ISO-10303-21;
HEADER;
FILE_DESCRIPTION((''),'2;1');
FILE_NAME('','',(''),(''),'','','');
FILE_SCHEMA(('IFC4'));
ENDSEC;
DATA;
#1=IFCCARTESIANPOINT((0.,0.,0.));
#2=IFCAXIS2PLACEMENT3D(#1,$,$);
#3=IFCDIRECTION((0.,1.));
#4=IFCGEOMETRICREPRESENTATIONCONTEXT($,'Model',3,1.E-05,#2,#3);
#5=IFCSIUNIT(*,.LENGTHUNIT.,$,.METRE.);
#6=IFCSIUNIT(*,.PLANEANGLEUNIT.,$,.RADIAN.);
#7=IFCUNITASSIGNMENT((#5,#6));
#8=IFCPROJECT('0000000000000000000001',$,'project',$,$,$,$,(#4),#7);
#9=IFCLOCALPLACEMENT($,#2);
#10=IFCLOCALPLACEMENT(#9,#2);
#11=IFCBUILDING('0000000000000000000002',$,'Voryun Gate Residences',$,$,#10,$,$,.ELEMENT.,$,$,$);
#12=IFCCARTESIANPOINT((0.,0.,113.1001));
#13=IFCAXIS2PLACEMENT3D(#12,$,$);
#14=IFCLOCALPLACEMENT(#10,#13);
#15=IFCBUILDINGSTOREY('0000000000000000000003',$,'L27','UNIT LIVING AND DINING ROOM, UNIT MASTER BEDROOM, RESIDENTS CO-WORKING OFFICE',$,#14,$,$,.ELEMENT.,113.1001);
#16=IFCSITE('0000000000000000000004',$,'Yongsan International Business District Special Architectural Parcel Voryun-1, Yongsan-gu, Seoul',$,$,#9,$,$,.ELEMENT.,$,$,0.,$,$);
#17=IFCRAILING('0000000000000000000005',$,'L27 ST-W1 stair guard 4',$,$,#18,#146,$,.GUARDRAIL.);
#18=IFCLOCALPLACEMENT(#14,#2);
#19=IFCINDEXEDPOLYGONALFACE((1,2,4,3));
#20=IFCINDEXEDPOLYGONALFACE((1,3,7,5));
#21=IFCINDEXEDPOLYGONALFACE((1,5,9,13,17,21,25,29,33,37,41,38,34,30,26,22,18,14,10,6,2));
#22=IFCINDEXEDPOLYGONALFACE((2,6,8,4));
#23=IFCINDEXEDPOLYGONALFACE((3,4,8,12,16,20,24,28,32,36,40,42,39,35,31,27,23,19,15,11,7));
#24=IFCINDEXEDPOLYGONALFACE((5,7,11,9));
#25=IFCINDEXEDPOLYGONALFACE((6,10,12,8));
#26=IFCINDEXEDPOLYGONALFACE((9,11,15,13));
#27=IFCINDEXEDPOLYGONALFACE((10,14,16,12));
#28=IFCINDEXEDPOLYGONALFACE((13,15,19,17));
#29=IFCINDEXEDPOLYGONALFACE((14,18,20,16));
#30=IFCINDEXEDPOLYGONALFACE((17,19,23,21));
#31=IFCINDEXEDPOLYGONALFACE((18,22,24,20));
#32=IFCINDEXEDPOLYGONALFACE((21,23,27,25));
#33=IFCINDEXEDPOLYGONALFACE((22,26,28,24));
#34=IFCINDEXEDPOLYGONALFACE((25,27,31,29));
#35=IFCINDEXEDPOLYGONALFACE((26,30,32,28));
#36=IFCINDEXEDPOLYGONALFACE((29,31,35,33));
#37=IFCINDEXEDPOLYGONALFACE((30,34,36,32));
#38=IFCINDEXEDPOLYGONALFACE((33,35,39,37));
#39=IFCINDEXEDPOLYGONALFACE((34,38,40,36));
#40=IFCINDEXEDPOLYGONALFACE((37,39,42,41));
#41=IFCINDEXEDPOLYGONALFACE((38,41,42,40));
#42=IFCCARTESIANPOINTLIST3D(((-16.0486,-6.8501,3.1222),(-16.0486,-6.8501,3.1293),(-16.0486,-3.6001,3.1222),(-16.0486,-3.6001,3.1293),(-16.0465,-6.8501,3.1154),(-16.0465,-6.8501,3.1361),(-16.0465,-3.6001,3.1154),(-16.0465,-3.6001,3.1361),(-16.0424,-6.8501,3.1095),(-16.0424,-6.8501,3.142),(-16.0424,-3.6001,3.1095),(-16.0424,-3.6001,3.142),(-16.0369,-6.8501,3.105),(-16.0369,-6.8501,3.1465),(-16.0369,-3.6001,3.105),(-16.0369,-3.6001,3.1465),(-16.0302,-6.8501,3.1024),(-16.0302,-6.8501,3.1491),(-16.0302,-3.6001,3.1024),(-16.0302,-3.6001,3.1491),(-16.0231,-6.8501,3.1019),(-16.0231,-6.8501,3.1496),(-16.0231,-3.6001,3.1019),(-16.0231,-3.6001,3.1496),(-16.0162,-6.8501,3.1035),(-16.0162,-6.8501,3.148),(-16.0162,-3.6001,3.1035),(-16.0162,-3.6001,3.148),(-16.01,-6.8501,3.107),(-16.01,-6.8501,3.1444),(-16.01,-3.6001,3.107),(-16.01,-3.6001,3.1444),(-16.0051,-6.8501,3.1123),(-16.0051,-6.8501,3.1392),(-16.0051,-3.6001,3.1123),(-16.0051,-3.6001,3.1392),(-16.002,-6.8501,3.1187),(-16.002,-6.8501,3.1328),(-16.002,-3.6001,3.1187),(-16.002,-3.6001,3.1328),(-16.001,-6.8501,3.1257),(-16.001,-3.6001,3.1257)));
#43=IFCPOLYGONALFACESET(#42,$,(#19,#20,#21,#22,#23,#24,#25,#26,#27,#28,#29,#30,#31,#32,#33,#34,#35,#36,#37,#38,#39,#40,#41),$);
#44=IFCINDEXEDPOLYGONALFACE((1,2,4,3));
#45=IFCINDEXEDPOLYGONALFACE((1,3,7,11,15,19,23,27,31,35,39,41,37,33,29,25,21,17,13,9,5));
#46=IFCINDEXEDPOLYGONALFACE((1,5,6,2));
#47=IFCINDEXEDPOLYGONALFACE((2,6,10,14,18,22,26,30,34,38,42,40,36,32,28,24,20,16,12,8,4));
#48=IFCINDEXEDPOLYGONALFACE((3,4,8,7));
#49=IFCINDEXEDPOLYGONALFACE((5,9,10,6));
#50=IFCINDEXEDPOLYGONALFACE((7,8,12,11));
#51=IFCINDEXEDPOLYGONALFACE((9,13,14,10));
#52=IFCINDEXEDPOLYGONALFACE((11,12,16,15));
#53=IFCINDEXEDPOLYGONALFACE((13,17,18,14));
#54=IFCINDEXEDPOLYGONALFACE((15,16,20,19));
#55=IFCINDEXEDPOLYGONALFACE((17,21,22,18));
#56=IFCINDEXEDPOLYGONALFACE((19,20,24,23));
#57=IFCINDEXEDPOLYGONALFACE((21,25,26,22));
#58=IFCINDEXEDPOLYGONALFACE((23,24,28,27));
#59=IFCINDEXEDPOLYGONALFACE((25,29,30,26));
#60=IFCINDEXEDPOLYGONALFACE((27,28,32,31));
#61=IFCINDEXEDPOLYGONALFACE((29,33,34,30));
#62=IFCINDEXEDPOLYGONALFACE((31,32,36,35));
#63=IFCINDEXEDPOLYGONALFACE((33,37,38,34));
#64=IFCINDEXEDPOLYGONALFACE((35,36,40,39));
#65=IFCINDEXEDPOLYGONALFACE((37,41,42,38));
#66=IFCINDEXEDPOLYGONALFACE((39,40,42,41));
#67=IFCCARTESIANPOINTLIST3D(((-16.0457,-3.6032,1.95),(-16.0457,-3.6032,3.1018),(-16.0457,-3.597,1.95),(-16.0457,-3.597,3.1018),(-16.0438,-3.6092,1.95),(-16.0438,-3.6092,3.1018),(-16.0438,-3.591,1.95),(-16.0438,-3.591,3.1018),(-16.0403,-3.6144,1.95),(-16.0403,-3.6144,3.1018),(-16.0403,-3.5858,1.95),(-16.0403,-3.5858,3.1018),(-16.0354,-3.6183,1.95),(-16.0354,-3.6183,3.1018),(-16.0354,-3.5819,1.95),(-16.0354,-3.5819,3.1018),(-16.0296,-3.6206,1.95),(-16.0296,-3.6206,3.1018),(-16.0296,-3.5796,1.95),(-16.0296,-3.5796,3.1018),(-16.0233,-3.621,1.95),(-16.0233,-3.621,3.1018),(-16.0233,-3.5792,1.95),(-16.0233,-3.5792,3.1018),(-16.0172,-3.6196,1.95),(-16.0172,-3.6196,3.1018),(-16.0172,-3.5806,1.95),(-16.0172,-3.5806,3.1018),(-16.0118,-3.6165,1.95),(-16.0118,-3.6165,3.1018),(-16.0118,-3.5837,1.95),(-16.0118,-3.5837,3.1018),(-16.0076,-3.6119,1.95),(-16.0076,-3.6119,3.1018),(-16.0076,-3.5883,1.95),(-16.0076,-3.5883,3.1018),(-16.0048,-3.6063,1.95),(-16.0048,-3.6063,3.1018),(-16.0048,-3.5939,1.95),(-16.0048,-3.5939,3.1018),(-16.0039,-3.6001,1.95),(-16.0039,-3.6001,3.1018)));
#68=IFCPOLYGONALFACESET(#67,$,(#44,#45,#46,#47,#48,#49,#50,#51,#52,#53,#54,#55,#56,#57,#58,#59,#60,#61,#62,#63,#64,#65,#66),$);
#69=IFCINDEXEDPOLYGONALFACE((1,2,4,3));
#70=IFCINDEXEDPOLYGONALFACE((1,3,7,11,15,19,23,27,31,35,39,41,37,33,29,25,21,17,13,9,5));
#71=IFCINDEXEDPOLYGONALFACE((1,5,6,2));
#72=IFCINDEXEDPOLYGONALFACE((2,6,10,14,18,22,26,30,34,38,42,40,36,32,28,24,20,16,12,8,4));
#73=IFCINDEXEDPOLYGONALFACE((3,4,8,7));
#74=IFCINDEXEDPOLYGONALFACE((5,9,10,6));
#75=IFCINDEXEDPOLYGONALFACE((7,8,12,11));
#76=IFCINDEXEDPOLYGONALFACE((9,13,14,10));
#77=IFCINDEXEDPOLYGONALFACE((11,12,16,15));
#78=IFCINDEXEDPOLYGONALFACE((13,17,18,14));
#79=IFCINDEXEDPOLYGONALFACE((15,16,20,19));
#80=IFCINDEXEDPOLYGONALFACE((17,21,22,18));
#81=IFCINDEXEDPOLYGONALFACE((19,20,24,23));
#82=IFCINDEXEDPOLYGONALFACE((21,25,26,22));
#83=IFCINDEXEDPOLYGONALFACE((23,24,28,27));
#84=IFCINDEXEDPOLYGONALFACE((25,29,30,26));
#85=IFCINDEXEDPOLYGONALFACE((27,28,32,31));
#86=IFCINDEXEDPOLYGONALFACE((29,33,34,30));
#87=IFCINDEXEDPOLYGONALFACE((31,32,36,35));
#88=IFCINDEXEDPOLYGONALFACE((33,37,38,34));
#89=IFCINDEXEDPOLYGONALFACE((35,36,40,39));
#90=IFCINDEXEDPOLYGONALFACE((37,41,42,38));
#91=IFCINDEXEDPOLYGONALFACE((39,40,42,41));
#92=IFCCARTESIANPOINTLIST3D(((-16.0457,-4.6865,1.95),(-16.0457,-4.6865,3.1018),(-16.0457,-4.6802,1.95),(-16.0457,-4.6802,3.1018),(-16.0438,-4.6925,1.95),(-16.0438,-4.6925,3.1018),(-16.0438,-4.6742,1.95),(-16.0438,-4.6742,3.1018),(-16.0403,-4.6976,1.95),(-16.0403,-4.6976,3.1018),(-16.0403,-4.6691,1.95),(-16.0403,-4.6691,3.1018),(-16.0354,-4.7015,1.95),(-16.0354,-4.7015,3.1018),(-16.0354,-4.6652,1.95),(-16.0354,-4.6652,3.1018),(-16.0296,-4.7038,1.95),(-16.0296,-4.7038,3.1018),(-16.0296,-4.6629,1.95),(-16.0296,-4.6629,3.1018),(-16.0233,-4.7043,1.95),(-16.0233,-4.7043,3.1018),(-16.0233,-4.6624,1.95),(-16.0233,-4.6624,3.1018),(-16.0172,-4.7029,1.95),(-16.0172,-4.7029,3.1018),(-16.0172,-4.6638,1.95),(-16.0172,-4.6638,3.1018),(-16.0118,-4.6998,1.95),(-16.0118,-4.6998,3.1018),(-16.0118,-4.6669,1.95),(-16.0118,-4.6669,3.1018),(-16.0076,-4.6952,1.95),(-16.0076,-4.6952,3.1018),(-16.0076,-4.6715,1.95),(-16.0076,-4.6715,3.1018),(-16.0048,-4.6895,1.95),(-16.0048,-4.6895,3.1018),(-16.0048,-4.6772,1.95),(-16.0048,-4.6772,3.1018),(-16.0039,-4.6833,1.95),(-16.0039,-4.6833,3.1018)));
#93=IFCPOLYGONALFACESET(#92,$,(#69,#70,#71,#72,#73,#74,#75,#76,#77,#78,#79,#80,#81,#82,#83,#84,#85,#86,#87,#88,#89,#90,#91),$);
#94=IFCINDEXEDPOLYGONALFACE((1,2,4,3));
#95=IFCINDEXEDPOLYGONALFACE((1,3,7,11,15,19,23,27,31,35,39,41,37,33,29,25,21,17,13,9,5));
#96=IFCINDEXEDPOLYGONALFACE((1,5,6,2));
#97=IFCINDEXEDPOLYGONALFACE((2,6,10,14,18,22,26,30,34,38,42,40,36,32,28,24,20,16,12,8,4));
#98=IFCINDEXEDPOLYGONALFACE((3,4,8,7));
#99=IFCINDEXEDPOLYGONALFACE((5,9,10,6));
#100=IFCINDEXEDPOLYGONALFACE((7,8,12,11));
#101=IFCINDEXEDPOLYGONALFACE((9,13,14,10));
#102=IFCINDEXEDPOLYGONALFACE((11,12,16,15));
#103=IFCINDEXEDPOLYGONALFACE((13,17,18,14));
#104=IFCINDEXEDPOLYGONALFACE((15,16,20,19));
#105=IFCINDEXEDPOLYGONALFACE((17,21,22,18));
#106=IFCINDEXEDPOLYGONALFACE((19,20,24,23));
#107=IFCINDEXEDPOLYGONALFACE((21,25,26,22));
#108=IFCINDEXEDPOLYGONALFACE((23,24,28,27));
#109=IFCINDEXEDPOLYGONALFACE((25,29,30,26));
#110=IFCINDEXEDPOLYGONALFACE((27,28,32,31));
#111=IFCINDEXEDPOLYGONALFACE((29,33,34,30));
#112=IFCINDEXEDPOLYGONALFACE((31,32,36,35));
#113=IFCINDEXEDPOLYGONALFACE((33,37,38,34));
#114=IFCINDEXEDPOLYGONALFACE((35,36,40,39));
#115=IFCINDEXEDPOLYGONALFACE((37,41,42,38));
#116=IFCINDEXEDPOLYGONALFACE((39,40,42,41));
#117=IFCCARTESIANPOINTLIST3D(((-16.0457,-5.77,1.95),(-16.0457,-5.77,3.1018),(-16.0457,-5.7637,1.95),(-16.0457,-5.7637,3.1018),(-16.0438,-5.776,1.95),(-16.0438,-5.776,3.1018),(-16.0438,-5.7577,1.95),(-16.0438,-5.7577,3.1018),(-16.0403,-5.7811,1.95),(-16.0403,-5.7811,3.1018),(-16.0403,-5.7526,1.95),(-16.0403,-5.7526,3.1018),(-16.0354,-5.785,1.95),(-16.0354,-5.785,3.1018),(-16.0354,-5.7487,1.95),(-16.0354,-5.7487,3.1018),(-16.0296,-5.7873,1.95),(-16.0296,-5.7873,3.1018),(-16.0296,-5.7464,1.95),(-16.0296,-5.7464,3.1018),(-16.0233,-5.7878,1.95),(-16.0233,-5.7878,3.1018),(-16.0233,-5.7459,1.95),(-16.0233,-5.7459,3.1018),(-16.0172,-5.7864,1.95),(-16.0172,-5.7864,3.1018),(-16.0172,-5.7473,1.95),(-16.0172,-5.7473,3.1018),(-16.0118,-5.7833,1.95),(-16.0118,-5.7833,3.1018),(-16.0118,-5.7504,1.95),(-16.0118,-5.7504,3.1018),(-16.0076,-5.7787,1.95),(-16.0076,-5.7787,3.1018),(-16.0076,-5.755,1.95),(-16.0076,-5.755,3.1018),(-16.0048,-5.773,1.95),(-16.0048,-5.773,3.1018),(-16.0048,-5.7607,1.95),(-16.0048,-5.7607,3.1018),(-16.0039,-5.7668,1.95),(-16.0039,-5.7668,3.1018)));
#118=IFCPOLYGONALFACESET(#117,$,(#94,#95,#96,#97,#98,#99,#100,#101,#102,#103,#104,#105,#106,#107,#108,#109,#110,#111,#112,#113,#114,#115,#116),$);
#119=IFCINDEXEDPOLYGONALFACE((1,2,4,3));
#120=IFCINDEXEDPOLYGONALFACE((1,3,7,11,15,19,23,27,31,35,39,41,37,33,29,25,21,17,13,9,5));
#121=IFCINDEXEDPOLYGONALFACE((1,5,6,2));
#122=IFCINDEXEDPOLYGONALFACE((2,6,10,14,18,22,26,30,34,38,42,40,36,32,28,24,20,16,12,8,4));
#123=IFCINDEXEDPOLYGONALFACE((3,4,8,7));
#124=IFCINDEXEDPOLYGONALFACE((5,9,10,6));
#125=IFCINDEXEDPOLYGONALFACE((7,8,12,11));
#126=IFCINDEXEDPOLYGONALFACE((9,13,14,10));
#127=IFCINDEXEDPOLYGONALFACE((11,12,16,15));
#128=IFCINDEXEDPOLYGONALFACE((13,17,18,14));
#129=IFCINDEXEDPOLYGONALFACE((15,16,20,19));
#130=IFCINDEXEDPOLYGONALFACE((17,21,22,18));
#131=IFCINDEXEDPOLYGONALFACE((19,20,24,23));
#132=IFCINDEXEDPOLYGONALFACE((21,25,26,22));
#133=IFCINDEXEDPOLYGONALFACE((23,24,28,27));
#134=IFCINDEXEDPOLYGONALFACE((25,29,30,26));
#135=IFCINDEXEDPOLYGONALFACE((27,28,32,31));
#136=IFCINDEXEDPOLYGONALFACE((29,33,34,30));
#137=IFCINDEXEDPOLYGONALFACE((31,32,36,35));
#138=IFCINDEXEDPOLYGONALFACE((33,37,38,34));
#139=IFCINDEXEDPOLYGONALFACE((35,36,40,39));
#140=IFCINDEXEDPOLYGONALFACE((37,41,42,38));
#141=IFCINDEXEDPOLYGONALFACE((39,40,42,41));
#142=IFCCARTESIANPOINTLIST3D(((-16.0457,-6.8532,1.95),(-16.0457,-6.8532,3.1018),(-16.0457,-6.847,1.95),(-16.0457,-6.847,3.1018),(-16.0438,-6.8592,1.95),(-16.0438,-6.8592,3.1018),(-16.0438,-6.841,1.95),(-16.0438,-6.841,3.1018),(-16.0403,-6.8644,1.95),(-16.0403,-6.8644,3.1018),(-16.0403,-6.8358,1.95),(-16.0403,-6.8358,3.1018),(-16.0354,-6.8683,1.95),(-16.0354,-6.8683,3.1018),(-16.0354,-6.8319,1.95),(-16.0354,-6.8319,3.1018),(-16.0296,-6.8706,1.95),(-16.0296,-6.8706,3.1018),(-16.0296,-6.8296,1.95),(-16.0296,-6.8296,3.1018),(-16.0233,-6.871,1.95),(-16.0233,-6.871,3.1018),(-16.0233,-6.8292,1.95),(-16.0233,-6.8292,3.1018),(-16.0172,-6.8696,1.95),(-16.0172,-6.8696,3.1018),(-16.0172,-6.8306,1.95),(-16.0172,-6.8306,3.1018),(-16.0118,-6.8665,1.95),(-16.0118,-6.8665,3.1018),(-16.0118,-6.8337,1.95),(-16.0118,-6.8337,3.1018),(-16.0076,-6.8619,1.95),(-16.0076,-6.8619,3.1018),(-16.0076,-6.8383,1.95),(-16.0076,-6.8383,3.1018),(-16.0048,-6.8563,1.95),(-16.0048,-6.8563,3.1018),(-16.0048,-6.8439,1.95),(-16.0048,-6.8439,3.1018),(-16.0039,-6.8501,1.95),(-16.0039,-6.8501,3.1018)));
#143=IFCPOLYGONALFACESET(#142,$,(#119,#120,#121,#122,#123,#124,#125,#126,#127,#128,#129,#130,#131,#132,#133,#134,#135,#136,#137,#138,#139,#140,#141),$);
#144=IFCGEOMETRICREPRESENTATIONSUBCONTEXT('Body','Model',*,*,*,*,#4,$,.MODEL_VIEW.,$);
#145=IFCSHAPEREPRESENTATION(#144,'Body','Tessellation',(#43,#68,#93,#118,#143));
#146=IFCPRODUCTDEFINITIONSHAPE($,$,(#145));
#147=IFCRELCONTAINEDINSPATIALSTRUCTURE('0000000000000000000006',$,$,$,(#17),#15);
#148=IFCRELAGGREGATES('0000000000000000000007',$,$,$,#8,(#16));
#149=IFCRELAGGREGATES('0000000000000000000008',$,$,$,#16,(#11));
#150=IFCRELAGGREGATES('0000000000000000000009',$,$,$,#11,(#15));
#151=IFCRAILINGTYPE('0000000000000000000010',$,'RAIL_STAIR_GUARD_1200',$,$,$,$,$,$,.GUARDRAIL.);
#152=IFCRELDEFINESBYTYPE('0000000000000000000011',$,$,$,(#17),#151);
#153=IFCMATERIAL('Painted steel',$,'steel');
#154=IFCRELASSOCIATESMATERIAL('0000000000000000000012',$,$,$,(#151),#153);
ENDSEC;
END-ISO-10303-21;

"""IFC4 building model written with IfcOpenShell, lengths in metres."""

from ifc_helpers import new_model, si_unit, direction, frame, origin, origin_2d, place, context, subcontext, project, spatial, circle, extrude, material, type_object, element, save


model = new_model("IFC4")

# Units and contexts
model_context = context("Model", 3, precision=1e-05, world=origin(), true_north=direction((0.0, 1.0)))
body_context = subcontext(model_context, "Body", "Model", "MODEL_VIEW")
ifc_project = project(units=[si_unit("LENGTHUNIT", "METRE"), si_unit("PLANEANGLEUNIT", "RADIAN")], contexts=[model_context])

# Site, building, storey
site_placement = place(None, origin())
site = spatial("IfcSite", under=ifc_project, at=site_placement, Name="Yongsan International Business District Special Architectural Parcel Voryun-1, Yongsan-gu, Seoul", CompositionType="ELEMENT", RefElevation=0.0)
building_placement = place(site_placement, origin())
building = spatial("IfcBuilding", under=site, at=building_placement, Name="Voryun Gate Residences", CompositionType="ELEMENT")
storey_placement = place(building_placement, frame((0.0, 0.0, 113.1001)))
storey = spatial("IfcBuildingStorey", under=building, at=storey_placement, Name="L27", Description="UNIT LIVING AND DINING ROOM, UNIT MASTER BEDROOM, RESIDENTS CO-WORKING OFFICE", CompositionType="ELEMENT", Elevation=113.1001)

# Railing
ifc_material_1 = material(Name="Painted steel", Category="steel")
railing_type_1 = type_object("IfcRailingType", Name="RAIL_STAIR_GUARD_1200", PredefinedType="GUARDRAIL", material=ifc_material_1)
railing_1_placement = place(storey_placement, frame((-16.0249, -3.6001, 1.95)))
element("IfcRailing", 1, at=railing_1_placement, inside=storey, type_object=railing_type_1, Name="L27 ST-W1 stair guard 4", PredefinedType="GUARDRAIL", context=body_context, shape_type="SweptSolid", body=[
    extrude(circle(Radius=0.0239, at=origin_2d()), frame((0.0, 0.0, 1.1758), z_axis=(0.0, -1.0, 0.0), x_axis=(1.0, 0.0, 0.0)), (0.0, 0.0, 1.0), 3.25),
    extrude(circle(Radius=0.021, at=origin_2d()), origin(), (0.0, 0.0, 1.0), 1.1519),
    extrude(circle(Radius=0.021, at=origin_2d()), frame((0.0, -1.0833, 0.0)), (0.0, 0.0, 1.0), 1.1519),
    extrude(circle(Radius=0.021, at=origin_2d()), frame((0.0, -2.1667, 0.0)), (0.0, 0.0, 1.0), 1.1519),
    extrude(circle(Radius=0.021, at=origin_2d()), frame((0.0, -3.25, 0.0)), (0.0, 0.0, 1.0), 1.1519),
])

save(model, "model.ifc")
